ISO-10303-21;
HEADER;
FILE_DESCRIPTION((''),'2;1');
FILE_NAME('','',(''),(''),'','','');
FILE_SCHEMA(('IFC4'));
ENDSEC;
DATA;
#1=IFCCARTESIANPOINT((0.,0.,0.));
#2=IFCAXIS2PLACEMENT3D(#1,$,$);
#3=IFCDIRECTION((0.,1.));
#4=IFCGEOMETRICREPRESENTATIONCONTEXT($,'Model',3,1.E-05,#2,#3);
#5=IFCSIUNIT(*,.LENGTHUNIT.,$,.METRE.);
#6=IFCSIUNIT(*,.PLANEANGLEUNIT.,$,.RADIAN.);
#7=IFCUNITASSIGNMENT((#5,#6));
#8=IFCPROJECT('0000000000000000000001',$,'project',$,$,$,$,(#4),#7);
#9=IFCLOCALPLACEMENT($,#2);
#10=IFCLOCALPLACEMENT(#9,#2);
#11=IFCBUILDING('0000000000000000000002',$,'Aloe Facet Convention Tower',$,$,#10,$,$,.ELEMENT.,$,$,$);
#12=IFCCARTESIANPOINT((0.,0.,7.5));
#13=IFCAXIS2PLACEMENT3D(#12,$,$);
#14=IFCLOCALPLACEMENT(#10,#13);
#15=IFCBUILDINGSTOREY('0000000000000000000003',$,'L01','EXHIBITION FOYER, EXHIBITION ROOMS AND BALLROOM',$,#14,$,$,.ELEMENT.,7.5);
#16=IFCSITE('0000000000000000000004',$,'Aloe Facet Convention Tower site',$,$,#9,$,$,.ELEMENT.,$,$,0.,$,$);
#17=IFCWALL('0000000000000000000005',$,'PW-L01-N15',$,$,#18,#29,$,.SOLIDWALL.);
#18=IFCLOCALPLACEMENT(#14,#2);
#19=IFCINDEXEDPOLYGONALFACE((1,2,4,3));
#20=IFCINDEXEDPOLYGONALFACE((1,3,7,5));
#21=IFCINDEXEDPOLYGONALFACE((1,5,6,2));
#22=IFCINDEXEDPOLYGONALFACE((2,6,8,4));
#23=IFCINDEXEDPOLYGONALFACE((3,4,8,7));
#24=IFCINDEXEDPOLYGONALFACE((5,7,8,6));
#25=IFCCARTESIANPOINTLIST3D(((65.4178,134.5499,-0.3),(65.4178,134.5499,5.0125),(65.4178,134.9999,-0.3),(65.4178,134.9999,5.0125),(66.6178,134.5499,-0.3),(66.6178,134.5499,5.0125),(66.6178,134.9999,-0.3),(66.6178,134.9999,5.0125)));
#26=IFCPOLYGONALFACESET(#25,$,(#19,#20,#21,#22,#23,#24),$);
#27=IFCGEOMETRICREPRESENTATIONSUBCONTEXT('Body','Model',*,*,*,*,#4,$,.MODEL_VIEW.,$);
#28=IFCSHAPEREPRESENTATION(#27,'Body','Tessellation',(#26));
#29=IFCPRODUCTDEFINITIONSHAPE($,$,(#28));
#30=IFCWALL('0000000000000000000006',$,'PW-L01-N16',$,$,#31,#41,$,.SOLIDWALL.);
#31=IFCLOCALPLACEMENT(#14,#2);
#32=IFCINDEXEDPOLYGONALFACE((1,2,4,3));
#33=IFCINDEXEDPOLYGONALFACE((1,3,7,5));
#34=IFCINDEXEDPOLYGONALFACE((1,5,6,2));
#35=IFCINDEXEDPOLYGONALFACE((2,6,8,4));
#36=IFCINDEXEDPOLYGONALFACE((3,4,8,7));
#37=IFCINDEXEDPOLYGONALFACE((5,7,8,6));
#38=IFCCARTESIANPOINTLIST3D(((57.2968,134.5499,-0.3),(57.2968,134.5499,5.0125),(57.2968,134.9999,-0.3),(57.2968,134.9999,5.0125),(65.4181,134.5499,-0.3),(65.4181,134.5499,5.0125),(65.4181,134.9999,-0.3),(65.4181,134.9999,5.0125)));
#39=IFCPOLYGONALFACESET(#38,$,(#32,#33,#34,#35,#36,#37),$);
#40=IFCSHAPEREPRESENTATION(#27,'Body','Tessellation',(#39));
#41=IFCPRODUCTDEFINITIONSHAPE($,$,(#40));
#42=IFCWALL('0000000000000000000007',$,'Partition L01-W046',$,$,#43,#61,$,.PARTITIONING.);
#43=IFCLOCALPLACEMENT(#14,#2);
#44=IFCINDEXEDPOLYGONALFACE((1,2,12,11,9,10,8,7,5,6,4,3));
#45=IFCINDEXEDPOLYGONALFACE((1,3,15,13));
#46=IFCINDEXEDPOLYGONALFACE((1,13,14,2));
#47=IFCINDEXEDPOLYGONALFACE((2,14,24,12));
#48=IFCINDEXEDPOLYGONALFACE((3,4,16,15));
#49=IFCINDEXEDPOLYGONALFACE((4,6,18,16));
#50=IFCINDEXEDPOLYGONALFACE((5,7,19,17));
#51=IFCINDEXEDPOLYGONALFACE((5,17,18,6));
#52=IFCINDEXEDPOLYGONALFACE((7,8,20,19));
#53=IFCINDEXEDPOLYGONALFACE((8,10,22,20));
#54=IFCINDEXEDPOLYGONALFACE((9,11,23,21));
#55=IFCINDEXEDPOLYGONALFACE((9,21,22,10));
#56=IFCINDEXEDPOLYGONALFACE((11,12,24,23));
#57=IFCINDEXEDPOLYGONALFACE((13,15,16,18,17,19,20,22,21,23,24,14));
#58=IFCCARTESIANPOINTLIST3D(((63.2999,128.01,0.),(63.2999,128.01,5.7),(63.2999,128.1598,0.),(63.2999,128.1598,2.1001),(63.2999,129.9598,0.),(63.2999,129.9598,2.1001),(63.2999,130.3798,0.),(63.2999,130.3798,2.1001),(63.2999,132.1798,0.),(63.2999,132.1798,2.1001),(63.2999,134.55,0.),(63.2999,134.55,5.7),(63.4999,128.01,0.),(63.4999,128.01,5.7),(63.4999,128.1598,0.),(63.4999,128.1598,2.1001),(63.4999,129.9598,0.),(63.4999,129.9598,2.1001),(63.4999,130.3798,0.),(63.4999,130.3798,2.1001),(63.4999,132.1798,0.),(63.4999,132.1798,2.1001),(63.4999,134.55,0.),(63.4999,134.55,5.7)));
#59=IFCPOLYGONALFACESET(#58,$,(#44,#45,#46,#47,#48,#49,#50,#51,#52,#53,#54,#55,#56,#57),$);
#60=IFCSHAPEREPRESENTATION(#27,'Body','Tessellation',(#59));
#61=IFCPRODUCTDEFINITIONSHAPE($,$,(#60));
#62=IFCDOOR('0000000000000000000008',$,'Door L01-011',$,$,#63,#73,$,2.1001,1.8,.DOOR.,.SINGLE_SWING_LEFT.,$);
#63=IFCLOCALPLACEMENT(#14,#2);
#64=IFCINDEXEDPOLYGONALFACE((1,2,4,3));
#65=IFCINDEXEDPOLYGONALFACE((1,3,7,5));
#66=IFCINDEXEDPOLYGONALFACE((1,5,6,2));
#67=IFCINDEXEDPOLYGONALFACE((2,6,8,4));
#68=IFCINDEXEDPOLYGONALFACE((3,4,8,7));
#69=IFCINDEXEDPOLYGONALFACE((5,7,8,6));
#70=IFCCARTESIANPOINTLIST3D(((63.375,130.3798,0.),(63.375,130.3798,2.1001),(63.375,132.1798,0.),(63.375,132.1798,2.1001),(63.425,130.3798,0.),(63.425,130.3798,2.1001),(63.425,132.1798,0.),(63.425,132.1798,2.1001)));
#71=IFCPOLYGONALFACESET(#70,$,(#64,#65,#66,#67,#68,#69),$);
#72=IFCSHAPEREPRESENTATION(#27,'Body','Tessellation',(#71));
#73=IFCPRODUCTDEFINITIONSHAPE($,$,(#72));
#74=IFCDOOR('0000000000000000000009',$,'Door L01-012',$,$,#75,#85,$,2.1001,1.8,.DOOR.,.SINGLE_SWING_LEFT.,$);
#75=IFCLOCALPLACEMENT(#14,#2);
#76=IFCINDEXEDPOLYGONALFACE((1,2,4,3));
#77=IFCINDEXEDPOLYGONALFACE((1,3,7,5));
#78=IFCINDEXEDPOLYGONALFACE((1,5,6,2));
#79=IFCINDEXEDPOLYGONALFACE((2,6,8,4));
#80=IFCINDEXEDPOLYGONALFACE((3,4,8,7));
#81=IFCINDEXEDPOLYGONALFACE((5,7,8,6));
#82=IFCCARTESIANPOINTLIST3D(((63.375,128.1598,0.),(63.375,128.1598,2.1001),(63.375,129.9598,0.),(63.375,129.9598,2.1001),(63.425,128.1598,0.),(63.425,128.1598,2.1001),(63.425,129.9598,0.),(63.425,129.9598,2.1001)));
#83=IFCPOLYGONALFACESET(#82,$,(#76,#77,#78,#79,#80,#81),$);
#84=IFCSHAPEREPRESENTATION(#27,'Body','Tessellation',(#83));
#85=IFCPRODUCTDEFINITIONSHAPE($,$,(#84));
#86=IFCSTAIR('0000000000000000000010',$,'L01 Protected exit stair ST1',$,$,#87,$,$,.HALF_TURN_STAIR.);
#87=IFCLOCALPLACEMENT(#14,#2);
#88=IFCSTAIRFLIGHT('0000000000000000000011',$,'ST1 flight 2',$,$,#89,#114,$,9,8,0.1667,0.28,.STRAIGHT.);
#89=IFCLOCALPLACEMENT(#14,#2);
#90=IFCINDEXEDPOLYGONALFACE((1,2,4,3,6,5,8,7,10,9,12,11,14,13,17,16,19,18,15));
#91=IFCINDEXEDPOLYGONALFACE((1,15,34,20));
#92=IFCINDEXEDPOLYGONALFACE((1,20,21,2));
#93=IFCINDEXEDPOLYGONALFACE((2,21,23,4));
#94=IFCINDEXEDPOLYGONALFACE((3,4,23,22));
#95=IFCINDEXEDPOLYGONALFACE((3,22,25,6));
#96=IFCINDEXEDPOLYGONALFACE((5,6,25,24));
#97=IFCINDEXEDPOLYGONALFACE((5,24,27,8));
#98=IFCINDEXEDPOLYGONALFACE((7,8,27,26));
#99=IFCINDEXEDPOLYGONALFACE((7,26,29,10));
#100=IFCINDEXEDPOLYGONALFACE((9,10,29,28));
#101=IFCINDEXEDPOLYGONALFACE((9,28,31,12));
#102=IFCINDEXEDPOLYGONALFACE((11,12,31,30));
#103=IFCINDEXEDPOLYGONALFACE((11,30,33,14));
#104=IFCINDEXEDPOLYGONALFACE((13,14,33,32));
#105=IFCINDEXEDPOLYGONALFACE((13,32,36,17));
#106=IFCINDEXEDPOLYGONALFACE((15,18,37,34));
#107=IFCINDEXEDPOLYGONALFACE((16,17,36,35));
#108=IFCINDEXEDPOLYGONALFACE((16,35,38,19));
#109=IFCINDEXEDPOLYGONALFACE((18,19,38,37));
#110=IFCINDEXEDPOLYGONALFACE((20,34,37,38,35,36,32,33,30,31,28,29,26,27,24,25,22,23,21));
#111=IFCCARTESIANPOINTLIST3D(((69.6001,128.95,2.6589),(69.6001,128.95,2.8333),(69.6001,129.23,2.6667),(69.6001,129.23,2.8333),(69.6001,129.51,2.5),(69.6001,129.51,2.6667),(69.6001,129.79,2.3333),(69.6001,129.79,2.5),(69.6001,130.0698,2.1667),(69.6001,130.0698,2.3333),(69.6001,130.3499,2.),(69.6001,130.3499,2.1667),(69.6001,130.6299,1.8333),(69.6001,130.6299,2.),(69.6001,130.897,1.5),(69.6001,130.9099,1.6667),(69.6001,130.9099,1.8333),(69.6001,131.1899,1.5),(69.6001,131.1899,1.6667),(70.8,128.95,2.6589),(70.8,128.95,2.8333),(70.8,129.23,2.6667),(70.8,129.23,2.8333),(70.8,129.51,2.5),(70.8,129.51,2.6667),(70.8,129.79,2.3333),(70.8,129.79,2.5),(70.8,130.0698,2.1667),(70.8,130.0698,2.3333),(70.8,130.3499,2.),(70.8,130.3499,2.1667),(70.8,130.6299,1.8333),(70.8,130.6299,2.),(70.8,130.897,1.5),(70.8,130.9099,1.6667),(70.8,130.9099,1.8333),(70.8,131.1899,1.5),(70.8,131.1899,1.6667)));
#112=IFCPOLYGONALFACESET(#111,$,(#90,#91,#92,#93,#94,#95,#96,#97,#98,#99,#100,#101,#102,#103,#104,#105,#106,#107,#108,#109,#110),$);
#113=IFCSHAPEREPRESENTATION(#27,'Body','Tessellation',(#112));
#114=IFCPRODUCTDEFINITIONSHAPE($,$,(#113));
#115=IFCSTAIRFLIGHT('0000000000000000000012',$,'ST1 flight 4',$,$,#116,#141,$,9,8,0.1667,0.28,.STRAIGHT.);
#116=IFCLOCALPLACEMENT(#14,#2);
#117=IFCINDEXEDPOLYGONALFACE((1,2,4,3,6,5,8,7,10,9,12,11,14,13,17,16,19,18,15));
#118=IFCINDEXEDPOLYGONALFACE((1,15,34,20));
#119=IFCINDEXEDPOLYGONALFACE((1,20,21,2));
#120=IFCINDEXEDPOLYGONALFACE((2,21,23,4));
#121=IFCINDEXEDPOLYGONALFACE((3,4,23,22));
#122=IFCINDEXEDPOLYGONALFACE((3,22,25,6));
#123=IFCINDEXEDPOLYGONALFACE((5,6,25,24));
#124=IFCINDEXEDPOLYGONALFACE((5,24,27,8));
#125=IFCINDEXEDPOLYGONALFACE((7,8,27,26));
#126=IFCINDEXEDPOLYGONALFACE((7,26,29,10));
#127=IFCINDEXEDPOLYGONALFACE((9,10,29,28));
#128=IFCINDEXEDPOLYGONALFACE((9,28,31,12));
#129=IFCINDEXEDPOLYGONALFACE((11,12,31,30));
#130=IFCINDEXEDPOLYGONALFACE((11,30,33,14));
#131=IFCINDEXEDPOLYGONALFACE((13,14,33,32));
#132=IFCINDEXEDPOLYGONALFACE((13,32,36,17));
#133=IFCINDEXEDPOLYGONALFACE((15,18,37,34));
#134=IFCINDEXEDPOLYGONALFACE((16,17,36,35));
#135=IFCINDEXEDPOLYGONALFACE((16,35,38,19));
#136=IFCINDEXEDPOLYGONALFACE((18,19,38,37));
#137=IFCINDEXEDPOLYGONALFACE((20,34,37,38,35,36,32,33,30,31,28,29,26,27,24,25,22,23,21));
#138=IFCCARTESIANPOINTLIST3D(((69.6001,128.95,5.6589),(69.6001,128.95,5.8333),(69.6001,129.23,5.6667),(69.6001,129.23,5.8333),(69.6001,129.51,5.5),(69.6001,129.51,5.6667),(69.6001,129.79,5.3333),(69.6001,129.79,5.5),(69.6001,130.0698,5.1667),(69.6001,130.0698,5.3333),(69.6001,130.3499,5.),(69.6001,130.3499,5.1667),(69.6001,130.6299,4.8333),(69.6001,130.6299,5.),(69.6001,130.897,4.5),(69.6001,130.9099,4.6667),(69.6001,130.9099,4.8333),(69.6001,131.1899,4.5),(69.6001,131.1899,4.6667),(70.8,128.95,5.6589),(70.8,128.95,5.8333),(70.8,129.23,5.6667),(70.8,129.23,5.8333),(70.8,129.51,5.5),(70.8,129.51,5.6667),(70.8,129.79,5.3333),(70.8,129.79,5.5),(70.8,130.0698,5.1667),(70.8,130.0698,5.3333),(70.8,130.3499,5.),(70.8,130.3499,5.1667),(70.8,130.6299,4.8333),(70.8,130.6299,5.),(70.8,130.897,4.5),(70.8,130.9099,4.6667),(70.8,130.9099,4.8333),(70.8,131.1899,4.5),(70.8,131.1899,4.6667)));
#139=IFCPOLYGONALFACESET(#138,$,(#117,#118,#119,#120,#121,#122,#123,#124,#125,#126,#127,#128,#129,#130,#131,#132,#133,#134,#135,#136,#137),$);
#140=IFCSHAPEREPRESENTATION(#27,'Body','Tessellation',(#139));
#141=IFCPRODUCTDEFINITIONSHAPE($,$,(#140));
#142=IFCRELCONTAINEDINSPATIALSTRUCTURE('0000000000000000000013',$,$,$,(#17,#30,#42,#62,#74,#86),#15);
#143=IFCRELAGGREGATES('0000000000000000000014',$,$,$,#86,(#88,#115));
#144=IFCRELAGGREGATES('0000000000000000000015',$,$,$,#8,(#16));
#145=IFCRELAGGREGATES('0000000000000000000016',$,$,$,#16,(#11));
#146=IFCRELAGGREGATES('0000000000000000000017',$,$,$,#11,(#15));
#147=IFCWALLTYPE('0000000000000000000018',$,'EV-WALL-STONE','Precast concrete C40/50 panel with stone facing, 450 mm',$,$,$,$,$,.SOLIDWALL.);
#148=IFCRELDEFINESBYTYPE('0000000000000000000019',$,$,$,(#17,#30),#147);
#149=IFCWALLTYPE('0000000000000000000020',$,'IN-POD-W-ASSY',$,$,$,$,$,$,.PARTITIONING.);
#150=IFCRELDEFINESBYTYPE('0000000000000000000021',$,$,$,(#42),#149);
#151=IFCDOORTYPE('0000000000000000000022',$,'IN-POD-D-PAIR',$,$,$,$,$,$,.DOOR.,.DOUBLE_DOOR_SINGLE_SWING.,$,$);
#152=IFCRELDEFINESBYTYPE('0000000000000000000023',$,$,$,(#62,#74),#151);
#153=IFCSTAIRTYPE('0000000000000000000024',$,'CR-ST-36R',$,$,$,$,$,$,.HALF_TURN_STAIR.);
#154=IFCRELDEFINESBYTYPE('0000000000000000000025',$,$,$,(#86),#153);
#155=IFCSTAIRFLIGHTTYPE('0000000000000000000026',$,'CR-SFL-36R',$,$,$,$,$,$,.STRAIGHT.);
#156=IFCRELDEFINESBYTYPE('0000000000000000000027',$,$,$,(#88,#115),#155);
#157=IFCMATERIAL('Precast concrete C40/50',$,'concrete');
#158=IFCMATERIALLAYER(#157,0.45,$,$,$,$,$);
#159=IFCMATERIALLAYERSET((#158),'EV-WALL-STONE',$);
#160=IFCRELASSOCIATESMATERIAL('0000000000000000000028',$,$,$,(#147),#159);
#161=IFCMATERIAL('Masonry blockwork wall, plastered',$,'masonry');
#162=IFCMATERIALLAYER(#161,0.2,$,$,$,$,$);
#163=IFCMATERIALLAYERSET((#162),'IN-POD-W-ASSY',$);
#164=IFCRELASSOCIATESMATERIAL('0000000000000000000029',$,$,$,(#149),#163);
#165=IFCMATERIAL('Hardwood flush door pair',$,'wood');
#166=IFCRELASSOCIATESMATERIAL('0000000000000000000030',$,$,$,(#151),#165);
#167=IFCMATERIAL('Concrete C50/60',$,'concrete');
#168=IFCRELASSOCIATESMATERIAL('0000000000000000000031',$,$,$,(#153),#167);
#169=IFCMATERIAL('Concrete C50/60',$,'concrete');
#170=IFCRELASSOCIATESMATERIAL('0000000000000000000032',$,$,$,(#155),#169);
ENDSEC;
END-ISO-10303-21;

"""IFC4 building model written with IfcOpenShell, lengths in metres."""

from ifc_helpers import new_model, si_unit, direction, frame, frame_2d, origin, place, context, subcontext, project, spatial, polyline, rectangle, outline, extrude, material, layer, layer_set, type_object, element, fill, aggregate, save


model = new_model("IFC4")

# Units and contexts
model_context = context("Model", 3, precision=1e-05, world=origin(), true_north=direction((0.0, 1.0)))
body_context = subcontext(model_context, "Body", "Model", "MODEL_VIEW")
ifc_project = project(units=[si_unit("LENGTHUNIT", "METRE"), si_unit("PLANEANGLEUNIT", "RADIAN")], contexts=[model_context])

# Site, building, storey
site_placement = place(None, origin())
site = spatial("IfcSite", under=ifc_project, at=site_placement, Name="Aloe Facet Convention Tower site", CompositionType="ELEMENT", RefElevation=0.0)
building_placement = place(site_placement, origin())
building = spatial("IfcBuilding", under=site, at=building_placement, Name="Aloe Facet Convention Tower", CompositionType="ELEMENT")
storey_placement = place(building_placement, frame((0.0, 0.0, 7.5)))
storey = spatial("IfcBuildingStorey", under=building, at=storey_placement, Name="L01", Description="EXHIBITION FOYER, EXHIBITION ROOMS AND BALLROOM", CompositionType="ELEMENT", Elevation=7.5)

# Walls
ifc_material_1 = material(Name="Precast concrete C40/50", Category="concrete")
ifc_layer_1 = layer(ifc_material_1, 0.45)
ifc_layer_set_1 = layer_set([ifc_layer_1], Name="EV-WALL-STONE")
wall_type_1 = type_object("IfcWallType", Name="EV-WALL-STONE", Description="Precast concrete C40/50 panel with stone facing, 450 mm", PredefinedType="SOLIDWALL", material=ifc_layer_set_1)
wall_1_placement = place(storey_placement, frame((66.6179, 134.7749, -0.3), z_axis=(0.0, 0.0, 1.0), x_axis=(-1.0, 0.0, 0.0)))
element("IfcWall", 1, at=wall_1_placement, inside=storey, type_object=wall_type_1, Name="PW-L01-N15", PredefinedType="SOLIDWALL", context=body_context, shape_type="SweptSolid", body=[
    extrude(rectangle(XDim=1.2, YDim=0.45, at=frame_2d((0.6001, 0.0))), origin(), (0.0, 0.0, 1.0), 5.3125),
])
wall_2_placement = place(storey_placement, frame((65.418, 134.7749, -0.3), z_axis=(0.0, 0.0, 1.0), x_axis=(-1.0, 0.0, 0.0)))
element("IfcWall", 2, at=wall_2_placement, inside=storey, type_object=wall_type_1, Name="PW-L01-N16", PredefinedType="SOLIDWALL", context=body_context, shape_type="SweptSolid", body=[
    extrude(rectangle(XDim=8.1213, YDim=0.45, at=frame_2d((4.0605, 0.0))), origin(), (0.0, 0.0, 1.0), 5.3125),
])

# Wall, openings, doors
ifc_material_2 = material(Name="Masonry blockwork wall, plastered", Category="masonry")
ifc_layer_2 = layer(ifc_material_2, 0.2)
ifc_layer_set_2 = layer_set([ifc_layer_2], Name="IN-POD-W-ASSY")
wall_type_2 = type_object("IfcWallType", Name="IN-POD-W-ASSY", PredefinedType="PARTITIONING", material=ifc_layer_set_2)
wall_3_placement = place(storey_placement, frame((63.3999, 128.01, 0.0), z_axis=(0.0, 0.0, 1.0), x_axis=(0.0, 1.0, 0.0)))
wall_3 = element("IfcWall", 3, at=wall_3_placement, inside=storey, type_object=wall_type_2, Name="Partition L01-W046", PredefinedType="PARTITIONING", context=body_context, shape_type="SweptSolid", body=[
    extrude(rectangle(XDim=6.54, YDim=0.2, at=frame_2d((3.27, 0.0))), origin(), (0.0, 0.0, 1.0), 5.7),
])
opening_1_placement = place(wall_3_placement, frame((2.3699, 0.0, 0.0)))
opening_1 = element("IfcOpeningElement", 4, at=opening_1_placement, cuts=wall_3, PredefinedType="OPENING", context=body_context, shape_type="SweptSolid", body=[
    extrude(rectangle(XDim=1.8, YDim=2.1001, at=frame_2d((0.8999, 1.05))), frame((0.0, 0.1099, 0.0), z_axis=(0.0, -1.0, 0.0), x_axis=(1.0, 0.0, 0.0)), (0.0, 0.0, 1.0), 0.22),
])
opening_2_placement = place(wall_3_placement, frame((0.1499, 0.0, 0.0)))
opening_2 = element("IfcOpeningElement", 5, at=opening_2_placement, cuts=wall_3, PredefinedType="OPENING", context=body_context, shape_type="SweptSolid", body=[
    extrude(rectangle(XDim=1.8, YDim=2.1001, at=frame_2d((0.8999, 1.05))), frame((0.0, 0.1099, 0.0), z_axis=(0.0, -1.0, 0.0), x_axis=(1.0, 0.0, 0.0)), (0.0, 0.0, 1.0), 0.22),
])
ifc_material_3 = material(Name="Hardwood flush door pair", Category="wood")
door_type_1 = type_object("IfcDoorType", Name="IN-POD-D-PAIR", OperationType="DOUBLE_DOOR_SINGLE_SWING", PredefinedType="DOOR", material=ifc_material_3)
door_1_placement = place(opening_1_placement, origin())
door_1 = element("IfcDoor", 6, at=door_1_placement, inside=storey, type_object=door_type_1, Name="Door L01-011", OperationType="SINGLE_SWING_LEFT", OverallHeight=2.1001, OverallWidth=1.8, PredefinedType="DOOR", context=body_context, shape_type="SweptSolid", body=[
    extrude(rectangle(XDim=1.8, YDim=2.1001, at=frame_2d((0.8999, 1.05))), frame((0.0, 0.0249, 0.0), z_axis=(0.0, -1.0, 0.0), x_axis=(1.0, 0.0, 0.0)), (0.0, 0.0, 1.0), 0.05),
])
fill(opening_1, door_1)
door_2_placement = place(opening_2_placement, origin())
door_2 = element("IfcDoor", 7, at=door_2_placement, inside=storey, type_object=door_type_1, Name="Door L01-012", OperationType="SINGLE_SWING_LEFT", OverallHeight=2.1001, OverallWidth=1.8, PredefinedType="DOOR", context=body_context, shape_type="SweptSolid", body=[
    extrude(rectangle(XDim=1.8, YDim=2.1001, at=frame_2d((0.8999, 1.05))), frame((0.0, 0.0249, 0.0), z_axis=(0.0, -1.0, 0.0), x_axis=(1.0, 0.0, 0.0)), (0.0, 0.0, 1.0), 0.05),
])
fill(opening_2, door_2)

# Stair, stair flights
ifc_material_4 = material(Name="Concrete C50/60", Category="concrete")
stair_type = type_object("IfcStairType", Name="CR-ST-36R", PredefinedType="HALF_TURN_STAIR", material=ifc_material_4)
stair_placement = place(storey_placement, origin())
stair = element("IfcStair", 8, at=stair_placement, inside=storey, type_object=stair_type, Name="L01 Protected exit stair ST1", PredefinedType="HALF_TURN_STAIR")
ifc_material_5 = material(Name="Concrete C50/60", Category="concrete")
stair_flight_type = type_object("IfcStairFlightType", Name="CR-SFL-36R", PredefinedType="STRAIGHT", material=ifc_material_5)
stair_flight_1_placement = place(storey_placement, frame((70.2, 131.1899, 1.5), z_axis=(0.0, 0.0, 1.0), x_axis=(0.0, -1.0, 0.0)))
stair_flight_1 = element("IfcStairFlight", 9, at=stair_flight_1_placement, type_object=stair_flight_type, Name="ST1 flight 2", NumberOfRisers=9, NumberOfTreads=8, PredefinedType="STRAIGHT", RiserHeight=0.1667, TreadLength=0.28, context=body_context, shape_type="SweptSolid", body=[
    extrude(outline(polyline([(0.0, 0.0), (0.0, 0.1667), (0.28, 0.1667), (0.28, 0.3333), (0.5601, 0.3333), (0.5601, 0.5), (0.8401, 0.5), (0.8401, 0.6667), (1.1201, 0.6667), (1.1201, 0.8333), (1.3999, 0.8333), (1.3999, 1.0), (1.6799, 1.0), (1.6799, 1.1667), (1.96, 1.1667), (1.96, 1.3333), (2.24, 1.3333), (2.24, 1.5), (2.24, 1.1589), (0.293, 0.0), (0.0, 0.0)])), frame((0.0, 0.6001, 0.0), z_axis=(0.0, -1.0, 0.0), x_axis=(1.0, 0.0, 0.0)), (0.0, 0.0, 1.0), 1.2),
])
stair_flight_2_placement = place(storey_placement, frame((70.2, 131.1899, 4.5), z_axis=(0.0, 0.0, 1.0), x_axis=(0.0, -1.0, 0.0)))
stair_flight_2 = element("IfcStairFlight", 10, at=stair_flight_2_placement, type_object=stair_flight_type, Name="ST1 flight 4", NumberOfRisers=9, NumberOfTreads=8, PredefinedType="STRAIGHT", RiserHeight=0.1667, TreadLength=0.28, context=body_context, shape_type="SweptSolid", body=[
    extrude(outline(polyline([(0.0, 0.0), (0.0, 0.1667), (0.28, 0.1667), (0.28, 0.3333), (0.5601, 0.3333), (0.5601, 0.5), (0.8401, 0.5), (0.8401, 0.6667), (1.1201, 0.6667), (1.1201, 0.8333), (1.3999, 0.8333), (1.3999, 1.0), (1.6799, 1.0), (1.6799, 1.1667), (1.96, 1.1667), (1.96, 1.3333), (2.24, 1.3333), (2.24, 1.5), (2.24, 1.1589), (0.293, 0.0), (0.0, 0.0)])), frame((0.0, 0.6001, 0.0), z_axis=(0.0, -1.0, 0.0), x_axis=(1.0, 0.0, 0.0)), (0.0, 0.0, 1.0), 1.2),
])
aggregate(stair, [stair_flight_1, stair_flight_2])

save(model, "model.ifc")
